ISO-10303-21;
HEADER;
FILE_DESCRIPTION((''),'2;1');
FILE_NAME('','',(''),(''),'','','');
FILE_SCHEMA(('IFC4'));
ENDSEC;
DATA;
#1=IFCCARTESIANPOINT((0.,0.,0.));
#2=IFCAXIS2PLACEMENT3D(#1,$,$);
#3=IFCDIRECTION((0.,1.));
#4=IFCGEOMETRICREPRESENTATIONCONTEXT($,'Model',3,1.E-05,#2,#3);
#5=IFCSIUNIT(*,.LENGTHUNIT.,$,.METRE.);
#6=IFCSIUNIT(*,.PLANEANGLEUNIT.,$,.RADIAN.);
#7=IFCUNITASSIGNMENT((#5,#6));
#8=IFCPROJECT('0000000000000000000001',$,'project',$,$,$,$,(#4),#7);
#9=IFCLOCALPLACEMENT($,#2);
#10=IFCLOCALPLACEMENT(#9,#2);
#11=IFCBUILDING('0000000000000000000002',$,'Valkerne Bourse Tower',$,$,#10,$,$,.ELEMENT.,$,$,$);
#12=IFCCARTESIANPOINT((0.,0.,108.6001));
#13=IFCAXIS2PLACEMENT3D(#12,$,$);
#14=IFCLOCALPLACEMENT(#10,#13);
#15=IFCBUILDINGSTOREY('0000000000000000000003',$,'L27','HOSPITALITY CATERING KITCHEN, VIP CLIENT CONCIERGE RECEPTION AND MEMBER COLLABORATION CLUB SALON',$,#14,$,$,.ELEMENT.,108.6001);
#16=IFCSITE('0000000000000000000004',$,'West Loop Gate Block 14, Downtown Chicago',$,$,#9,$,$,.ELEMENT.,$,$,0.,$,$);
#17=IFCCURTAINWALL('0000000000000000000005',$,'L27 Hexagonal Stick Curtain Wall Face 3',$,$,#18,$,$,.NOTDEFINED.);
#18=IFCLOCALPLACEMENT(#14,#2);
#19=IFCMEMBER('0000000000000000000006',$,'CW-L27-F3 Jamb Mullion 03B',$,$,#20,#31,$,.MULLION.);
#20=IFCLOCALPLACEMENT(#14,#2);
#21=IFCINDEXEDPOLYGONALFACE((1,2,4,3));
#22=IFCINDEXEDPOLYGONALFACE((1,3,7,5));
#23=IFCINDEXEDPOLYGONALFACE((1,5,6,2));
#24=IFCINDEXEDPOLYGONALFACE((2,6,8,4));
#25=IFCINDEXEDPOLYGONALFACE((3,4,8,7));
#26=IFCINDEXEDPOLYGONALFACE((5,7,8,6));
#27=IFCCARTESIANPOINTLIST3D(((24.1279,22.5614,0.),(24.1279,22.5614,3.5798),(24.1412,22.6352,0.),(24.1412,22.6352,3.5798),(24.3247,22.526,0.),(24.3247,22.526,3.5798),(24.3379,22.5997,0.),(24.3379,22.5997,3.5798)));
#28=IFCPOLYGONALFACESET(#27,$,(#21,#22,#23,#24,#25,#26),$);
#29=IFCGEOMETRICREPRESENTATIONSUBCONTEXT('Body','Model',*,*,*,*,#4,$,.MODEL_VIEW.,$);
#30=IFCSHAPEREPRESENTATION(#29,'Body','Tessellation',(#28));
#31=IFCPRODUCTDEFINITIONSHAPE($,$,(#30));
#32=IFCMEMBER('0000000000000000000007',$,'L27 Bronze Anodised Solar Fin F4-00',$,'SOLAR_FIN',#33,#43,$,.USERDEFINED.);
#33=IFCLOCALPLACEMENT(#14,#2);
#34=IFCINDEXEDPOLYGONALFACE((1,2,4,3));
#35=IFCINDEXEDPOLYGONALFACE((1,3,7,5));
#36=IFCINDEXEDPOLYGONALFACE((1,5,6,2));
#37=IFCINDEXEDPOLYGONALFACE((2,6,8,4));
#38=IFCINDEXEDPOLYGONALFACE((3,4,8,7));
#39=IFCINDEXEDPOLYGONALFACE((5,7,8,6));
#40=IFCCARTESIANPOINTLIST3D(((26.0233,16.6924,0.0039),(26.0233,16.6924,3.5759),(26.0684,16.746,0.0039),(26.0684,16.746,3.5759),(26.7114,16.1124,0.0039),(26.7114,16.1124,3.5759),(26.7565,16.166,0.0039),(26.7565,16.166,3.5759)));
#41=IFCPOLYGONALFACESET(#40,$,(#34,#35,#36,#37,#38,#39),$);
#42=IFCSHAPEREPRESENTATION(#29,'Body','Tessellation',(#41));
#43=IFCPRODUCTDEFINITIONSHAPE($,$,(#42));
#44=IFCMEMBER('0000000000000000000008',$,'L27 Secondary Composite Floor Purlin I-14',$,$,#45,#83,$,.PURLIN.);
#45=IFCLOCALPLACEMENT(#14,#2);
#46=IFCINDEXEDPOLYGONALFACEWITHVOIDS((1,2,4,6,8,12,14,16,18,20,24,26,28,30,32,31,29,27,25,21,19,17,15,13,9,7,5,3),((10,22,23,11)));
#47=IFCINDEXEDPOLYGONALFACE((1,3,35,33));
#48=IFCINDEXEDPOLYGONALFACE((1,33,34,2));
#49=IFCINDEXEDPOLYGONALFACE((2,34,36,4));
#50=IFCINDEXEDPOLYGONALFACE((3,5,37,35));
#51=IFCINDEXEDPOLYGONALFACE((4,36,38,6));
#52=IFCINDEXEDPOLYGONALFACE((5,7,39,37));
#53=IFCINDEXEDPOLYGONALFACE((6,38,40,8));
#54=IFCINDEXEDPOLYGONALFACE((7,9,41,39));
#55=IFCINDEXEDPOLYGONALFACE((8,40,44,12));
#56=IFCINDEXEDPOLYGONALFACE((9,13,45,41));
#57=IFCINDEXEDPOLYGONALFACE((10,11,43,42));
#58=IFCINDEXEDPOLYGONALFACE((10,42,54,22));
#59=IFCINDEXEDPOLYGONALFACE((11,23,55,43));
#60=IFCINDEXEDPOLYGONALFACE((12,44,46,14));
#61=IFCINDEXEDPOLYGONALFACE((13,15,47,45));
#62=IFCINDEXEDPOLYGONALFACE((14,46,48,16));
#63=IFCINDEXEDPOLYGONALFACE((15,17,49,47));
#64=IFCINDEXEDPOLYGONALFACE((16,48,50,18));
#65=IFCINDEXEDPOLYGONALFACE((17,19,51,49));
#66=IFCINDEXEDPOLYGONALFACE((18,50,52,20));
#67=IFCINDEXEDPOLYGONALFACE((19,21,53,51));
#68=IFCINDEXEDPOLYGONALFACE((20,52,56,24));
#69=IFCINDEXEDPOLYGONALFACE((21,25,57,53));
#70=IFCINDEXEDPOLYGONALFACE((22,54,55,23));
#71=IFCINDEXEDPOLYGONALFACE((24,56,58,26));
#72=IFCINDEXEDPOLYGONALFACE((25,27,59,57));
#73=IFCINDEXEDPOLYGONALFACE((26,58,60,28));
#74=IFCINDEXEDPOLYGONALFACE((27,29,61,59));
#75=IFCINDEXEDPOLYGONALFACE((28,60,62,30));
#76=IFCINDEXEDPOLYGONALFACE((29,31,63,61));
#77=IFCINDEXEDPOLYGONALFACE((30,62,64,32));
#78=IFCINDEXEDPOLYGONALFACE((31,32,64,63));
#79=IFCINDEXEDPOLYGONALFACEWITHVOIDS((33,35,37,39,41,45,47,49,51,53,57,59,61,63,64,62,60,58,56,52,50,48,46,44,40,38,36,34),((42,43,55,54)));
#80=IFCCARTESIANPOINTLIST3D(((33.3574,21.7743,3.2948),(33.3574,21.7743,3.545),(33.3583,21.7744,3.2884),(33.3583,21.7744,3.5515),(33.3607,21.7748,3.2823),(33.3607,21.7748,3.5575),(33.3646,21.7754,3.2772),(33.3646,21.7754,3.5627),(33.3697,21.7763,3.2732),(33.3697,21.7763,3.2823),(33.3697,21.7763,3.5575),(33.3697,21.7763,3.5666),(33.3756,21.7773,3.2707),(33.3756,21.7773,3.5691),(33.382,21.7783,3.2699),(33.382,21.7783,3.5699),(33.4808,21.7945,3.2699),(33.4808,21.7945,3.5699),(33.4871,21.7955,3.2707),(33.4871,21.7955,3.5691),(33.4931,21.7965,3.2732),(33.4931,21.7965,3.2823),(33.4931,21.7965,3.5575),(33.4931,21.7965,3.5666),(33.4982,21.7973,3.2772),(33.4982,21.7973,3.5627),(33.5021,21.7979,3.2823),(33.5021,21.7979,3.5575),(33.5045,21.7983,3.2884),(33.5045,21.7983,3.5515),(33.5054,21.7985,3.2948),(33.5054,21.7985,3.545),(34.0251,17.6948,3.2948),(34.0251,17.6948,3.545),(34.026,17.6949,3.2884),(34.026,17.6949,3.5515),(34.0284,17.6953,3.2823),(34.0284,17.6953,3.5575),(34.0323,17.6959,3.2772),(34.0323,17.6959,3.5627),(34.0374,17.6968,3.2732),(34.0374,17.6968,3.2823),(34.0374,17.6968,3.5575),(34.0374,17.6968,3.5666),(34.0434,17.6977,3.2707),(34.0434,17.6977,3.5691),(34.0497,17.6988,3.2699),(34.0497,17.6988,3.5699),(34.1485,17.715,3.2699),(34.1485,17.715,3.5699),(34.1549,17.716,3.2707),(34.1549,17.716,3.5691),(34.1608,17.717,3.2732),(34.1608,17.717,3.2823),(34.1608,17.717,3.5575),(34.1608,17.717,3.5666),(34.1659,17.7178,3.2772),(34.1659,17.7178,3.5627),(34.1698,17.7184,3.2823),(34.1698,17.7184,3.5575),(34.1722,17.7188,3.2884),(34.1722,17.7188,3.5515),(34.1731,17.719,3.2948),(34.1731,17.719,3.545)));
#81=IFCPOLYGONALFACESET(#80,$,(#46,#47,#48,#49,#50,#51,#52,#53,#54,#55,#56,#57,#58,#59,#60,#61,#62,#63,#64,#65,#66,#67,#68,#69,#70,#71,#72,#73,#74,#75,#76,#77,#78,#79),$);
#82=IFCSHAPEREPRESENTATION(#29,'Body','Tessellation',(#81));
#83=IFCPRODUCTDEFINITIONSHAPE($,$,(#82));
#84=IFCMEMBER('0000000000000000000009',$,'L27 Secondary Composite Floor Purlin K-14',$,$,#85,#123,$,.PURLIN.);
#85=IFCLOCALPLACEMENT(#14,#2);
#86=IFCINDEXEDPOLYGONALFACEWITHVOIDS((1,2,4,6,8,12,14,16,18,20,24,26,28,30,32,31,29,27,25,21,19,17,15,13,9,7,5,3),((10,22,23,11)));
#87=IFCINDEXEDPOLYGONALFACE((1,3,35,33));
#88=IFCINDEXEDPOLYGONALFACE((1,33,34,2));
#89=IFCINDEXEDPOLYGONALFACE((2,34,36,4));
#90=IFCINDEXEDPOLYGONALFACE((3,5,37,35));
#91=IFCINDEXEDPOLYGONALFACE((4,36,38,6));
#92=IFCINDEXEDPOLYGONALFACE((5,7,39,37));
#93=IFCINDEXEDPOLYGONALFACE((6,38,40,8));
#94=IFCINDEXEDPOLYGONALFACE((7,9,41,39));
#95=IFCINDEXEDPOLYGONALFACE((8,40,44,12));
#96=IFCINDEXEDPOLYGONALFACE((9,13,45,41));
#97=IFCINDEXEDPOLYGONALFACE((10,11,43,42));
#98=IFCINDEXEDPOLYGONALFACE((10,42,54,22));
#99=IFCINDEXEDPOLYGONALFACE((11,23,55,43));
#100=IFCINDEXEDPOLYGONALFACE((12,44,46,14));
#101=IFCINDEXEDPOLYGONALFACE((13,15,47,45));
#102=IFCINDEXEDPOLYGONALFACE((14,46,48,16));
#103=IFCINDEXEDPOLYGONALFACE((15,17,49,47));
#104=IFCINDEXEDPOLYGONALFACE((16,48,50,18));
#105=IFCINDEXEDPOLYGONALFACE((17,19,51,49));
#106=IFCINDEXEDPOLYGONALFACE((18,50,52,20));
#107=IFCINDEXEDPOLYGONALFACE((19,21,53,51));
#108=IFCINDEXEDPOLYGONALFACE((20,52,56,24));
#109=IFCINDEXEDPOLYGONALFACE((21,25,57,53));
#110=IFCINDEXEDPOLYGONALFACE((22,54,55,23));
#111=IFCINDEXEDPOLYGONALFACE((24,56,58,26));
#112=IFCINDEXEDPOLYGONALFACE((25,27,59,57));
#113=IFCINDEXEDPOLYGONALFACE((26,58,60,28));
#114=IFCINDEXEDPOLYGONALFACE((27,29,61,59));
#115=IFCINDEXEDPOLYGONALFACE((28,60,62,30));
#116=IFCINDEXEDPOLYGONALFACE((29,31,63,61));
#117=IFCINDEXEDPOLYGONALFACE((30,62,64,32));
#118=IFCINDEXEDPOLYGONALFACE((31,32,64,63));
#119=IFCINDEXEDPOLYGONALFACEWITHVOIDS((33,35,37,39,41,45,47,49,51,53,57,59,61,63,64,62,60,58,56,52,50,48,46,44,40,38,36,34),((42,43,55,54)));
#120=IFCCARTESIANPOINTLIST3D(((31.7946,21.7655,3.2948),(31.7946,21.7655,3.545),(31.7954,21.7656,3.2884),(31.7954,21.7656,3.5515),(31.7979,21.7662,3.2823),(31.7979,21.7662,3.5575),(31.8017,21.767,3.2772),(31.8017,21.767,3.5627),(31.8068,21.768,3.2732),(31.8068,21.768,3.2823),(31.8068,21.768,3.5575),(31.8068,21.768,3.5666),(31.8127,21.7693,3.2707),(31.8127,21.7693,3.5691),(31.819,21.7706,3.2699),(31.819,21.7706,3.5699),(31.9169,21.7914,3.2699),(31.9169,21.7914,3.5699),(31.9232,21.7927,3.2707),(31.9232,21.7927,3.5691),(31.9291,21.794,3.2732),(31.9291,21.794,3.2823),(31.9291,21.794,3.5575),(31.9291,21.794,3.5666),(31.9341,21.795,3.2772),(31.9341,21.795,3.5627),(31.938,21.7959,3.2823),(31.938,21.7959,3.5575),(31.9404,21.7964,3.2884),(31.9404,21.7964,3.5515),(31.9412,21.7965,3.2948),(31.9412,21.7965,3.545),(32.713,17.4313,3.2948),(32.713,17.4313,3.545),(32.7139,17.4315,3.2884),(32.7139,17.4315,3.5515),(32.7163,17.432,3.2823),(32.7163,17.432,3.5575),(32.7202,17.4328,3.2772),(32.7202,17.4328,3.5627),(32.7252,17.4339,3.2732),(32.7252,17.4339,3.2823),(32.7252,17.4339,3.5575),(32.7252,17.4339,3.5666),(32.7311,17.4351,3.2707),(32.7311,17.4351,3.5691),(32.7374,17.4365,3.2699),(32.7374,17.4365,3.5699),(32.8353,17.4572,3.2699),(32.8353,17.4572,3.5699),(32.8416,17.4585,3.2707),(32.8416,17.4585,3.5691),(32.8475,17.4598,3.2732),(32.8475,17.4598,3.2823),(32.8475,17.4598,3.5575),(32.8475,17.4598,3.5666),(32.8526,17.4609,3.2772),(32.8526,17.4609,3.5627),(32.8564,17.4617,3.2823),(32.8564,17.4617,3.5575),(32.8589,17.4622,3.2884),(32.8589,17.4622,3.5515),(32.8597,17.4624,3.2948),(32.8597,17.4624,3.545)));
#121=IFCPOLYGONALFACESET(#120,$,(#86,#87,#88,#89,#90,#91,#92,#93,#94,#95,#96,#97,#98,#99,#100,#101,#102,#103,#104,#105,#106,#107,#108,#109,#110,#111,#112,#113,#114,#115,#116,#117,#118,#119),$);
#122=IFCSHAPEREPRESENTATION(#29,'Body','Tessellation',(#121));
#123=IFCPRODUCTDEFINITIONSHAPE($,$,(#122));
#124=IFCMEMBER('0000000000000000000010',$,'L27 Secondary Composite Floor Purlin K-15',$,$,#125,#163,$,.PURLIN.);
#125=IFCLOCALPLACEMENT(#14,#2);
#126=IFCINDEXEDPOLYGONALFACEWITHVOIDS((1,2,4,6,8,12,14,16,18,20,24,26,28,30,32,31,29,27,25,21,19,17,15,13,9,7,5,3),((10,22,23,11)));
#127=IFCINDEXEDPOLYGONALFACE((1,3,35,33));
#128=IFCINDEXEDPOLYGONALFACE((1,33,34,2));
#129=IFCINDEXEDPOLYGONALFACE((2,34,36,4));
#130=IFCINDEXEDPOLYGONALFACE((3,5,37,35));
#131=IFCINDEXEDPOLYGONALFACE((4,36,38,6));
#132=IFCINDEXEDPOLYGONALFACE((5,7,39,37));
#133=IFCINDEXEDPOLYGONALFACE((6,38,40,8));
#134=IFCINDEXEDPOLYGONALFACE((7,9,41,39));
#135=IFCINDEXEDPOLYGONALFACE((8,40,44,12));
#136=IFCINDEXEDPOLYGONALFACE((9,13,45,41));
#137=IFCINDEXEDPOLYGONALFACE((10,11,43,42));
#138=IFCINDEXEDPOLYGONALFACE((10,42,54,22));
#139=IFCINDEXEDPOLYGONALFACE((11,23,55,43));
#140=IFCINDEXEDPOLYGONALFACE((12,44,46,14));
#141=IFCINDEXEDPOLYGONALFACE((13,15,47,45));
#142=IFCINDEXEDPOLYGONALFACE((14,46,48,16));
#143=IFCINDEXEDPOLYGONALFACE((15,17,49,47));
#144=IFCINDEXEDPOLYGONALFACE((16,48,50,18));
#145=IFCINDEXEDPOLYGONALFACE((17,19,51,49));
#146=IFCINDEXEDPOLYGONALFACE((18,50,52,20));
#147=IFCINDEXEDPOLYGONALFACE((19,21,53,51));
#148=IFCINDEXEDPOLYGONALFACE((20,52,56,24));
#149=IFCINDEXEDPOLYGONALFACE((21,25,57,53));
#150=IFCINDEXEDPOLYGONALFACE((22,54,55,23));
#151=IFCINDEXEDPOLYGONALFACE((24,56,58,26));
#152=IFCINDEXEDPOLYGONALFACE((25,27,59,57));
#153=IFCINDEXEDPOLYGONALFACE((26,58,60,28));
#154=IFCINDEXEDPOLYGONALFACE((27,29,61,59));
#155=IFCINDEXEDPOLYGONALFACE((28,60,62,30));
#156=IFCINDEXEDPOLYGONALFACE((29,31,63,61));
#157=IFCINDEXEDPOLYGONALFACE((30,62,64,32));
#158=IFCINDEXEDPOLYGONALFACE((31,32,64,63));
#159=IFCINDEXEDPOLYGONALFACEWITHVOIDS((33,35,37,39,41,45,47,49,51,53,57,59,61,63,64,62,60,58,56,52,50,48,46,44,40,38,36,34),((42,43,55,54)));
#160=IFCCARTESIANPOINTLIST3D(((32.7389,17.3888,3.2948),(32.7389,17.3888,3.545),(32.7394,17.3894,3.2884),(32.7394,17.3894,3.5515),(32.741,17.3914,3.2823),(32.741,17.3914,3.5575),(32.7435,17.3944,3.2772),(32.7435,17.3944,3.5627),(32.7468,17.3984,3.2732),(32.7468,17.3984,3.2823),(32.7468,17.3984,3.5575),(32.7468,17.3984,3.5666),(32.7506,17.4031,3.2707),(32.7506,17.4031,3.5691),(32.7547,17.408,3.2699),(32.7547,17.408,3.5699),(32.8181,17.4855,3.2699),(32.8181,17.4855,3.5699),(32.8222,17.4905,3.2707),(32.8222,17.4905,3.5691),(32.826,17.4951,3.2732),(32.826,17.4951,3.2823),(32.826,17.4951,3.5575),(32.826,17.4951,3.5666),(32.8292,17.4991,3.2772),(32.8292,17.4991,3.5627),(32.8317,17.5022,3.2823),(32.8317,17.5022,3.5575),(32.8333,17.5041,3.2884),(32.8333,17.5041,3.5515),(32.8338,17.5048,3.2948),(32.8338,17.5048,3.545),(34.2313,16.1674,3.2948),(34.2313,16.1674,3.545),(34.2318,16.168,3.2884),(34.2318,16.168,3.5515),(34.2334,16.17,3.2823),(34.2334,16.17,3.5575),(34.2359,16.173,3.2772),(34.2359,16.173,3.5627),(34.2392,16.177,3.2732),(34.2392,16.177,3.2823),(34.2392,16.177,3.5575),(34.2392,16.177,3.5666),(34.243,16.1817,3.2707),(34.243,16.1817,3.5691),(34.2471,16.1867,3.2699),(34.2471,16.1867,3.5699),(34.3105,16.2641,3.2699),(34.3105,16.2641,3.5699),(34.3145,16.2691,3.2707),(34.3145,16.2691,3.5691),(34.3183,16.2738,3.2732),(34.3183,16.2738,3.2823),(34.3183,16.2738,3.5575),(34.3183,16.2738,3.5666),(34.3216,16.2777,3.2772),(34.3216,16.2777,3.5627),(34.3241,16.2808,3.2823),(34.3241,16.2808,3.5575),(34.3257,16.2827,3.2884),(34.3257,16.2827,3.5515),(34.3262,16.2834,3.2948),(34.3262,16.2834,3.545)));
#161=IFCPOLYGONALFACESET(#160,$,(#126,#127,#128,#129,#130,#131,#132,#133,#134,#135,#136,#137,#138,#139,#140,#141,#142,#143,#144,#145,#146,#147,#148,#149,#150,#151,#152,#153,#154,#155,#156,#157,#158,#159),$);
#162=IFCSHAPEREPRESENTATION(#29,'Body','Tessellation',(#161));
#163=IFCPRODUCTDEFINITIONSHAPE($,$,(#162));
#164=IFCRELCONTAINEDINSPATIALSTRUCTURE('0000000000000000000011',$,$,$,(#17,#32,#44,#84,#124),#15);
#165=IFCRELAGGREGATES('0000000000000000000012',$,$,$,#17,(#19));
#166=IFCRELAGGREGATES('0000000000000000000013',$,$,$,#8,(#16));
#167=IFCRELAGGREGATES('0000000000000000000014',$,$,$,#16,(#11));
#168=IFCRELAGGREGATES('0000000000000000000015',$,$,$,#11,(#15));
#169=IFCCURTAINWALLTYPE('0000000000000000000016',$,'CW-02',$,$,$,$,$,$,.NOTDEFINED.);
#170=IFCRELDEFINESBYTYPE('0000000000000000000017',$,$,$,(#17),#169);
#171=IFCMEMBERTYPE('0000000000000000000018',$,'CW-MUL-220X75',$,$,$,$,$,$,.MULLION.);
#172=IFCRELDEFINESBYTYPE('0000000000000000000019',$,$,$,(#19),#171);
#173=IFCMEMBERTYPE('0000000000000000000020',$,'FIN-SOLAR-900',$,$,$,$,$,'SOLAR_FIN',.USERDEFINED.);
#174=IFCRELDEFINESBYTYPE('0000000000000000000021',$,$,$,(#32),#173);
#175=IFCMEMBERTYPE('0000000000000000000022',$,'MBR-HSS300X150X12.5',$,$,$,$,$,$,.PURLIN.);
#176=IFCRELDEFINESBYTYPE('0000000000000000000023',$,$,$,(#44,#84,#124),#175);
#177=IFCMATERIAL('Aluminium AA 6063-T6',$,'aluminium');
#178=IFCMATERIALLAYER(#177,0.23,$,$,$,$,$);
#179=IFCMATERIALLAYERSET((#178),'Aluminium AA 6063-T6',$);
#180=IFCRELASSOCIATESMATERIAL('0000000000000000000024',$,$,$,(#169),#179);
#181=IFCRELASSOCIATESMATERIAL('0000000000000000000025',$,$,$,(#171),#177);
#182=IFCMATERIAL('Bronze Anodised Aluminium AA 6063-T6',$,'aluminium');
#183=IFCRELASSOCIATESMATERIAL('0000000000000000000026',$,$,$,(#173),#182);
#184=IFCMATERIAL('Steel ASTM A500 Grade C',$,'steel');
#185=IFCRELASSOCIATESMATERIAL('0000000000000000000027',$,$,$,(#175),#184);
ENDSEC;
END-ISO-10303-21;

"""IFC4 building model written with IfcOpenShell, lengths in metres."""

from ifc_helpers import new_model, si_unit, direction, frame, origin, origin_2d, place, context, subcontext, project, spatial, rectangle, hollow_rectangle, extrude, material, layer, layer_set, material_profile, profile_set, type_object, element, aggregate, save


model = new_model("IFC4")

# Units and contexts
model_context = context("Model", 3, precision=1e-05, world=origin(), true_north=direction((0.0, 1.0)))
body_context = subcontext(model_context, "Body", "Model", "MODEL_VIEW")
ifc_project = project(units=[si_unit("LENGTHUNIT", "METRE"), si_unit("PLANEANGLEUNIT", "RADIAN")], contexts=[model_context])

# Site, building, storey
site_placement = place(None, origin())
site = spatial("IfcSite", under=ifc_project, at=site_placement, Name="West Loop Gate Block 14, Downtown Chicago", CompositionType="ELEMENT", RefElevation=0.0)
building_placement = place(site_placement, origin())
building = spatial("IfcBuilding", under=site, at=building_placement, Name="Valkerne Bourse Tower", CompositionType="ELEMENT")
storey_placement = place(building_placement, frame((0.0, 0.0, 108.6001)))
storey = spatial("IfcBuildingStorey", under=building, at=storey_placement, Name="L27", Description="HOSPITALITY CATERING KITCHEN, VIP CLIENT CONCIERGE RECEPTION AND MEMBER COLLABORATION CLUB SALON", CompositionType="ELEMENT", Elevation=108.6001)

# Curtain wall, member
ifc_material_1 = material(Name="Aluminium AA 6063-T6", Category="aluminium")
ifc_layer_1 = layer(ifc_material_1, 0.23)
ifc_layer_set_1 = layer_set([ifc_layer_1], Name="Aluminium AA 6063-T6")
curtain_wall_type = type_object("IfcCurtainWallType", Name="CW-02", PredefinedType="NOTDEFINED", material=ifc_layer_set_1)
curtain_wall_placement = place(storey_placement, origin())
curtain_wall = element("IfcCurtainWall", 1, at=curtain_wall_placement, inside=storey, type_object=curtain_wall_type, Name="L27 Hexagonal Stick Curtain Wall Face 3", PredefinedType="NOTDEFINED")
ifc_material_profile_1 = material_profile(ifc_material_1, rectangle(XDim=0.075, YDim=0.2, at=origin_2d()), Name="CWM-75X200")
ifc_profile_set_1 = profile_set([ifc_material_profile_1], Name="Aluminium AA 6063-T6")
member_type_1 = type_object("IfcMemberType", Name="CW-MUL-220X75", PredefinedType="MULLION", material=ifc_profile_set_1)
member_1_placement = place(storey_placement, frame((24.2329, 22.5806, 0.0), z_axis=(0.0, 0.0, 1.0), x_axis=(-0.177094, -0.984194, 0.0)))
member_1 = element("IfcMember", 2, at=member_1_placement, type_object=member_type_1, Name="CW-L27-F3 Jamb Mullion 03B", PredefinedType="MULLION", context=body_context, shape_type="SweptSolid", body=[
    extrude(rectangle(XDim=0.075, YDim=0.2, at=origin_2d()), origin(), (0.0, 0.0, 1.0), 3.5798),
])
aggregate(curtain_wall, [member_1])

# Members
ifc_material_2 = material(Name="Bronze Anodised Aluminium AA 6063-T6", Category="aluminium")
ifc_material_profile_2 = material_profile(ifc_material_2, rectangle(XDim=0.0701, YDim=0.8999, at=origin_2d()), Name="FIN-70X900")
ifc_profile_set_2 = profile_set([ifc_material_profile_2], Name="Bronze Anodised Aluminium AA 6063-T6")
member_type_2 = type_object("IfcMemberType", Name="FIN-SOLAR-900", ElementType="SOLAR_FIN", PredefinedType="USERDEFINED", material=ifc_profile_set_2)
member_2_placement = place(storey_placement, frame((26.3899, 16.4292, 0.0039), z_axis=(0.0, 0.0, 1.0), x_axis=(-0.644478, -0.764623, 0.0)))
element("IfcMember", 3, at=member_2_placement, inside=storey, type_object=member_type_2, Name="L27 Bronze Anodised Solar Fin F4-00", ObjectType="SOLAR_FIN", PredefinedType="USERDEFINED", context=body_context, shape_type="SweptSolid", body=[
    extrude(rectangle(XDim=0.0701, YDim=0.8999, at=origin_2d()), origin(), (0.0, 0.0, 1.0), 3.572),
])
ifc_material_3 = material(Name="Steel ASTM A500 Grade C", Category="steel")
ifc_material_profile_3 = material_profile(ifc_material_3, hollow_rectangle(XDim=0.1499, YDim=0.3, WallThickness=0.0125, OuterFilletRadius=0.0249, at=origin_2d()), Name="HSS300X150X12.5")
ifc_profile_set_3 = profile_set([ifc_material_profile_3], Name="Steel ASTM A500 Grade C")
member_type_3 = type_object("IfcMemberType", Name="MBR-HSS300X150X12.5", PredefinedType="PURLIN", material=ifc_profile_set_3)
member_3_placement = place(storey_placement, frame((33.4314, 21.7864, 3.4199), z_axis=(0.161525, -0.986869, 0.0), x_axis=(0.986869, 0.161525, 0.0)))
element("IfcMember", 4, at=member_3_placement, inside=storey, type_object=member_type_3, Name="L27 Secondary Composite Floor Purlin I-14", PredefinedType="PURLIN", context=body_context, shape_type="SweptSolid", body=[
    extrude(hollow_rectangle(XDim=0.1499, YDim=0.3, WallThickness=0.0125, OuterFilletRadius=0.0249, at=origin_2d()), origin(), (0.0, 0.0, 1.0), 4.1338),
])
member_4_placement = place(storey_placement, frame((31.8679, 21.781, 3.4199), z_axis=(0.207304, -0.978276, 0.0), x_axis=(0.978276, 0.207304, 0.0)))
element("IfcMember", 5, at=member_4_placement, inside=storey, type_object=member_type_3, Name="L27 Secondary Composite Floor Purlin K-14", PredefinedType="PURLIN", context=body_context, shape_type="SweptSolid", body=[
    extrude(hollow_rectangle(XDim=0.1499, YDim=0.3, WallThickness=0.0125, OuterFilletRadius=0.0249, at=origin_2d()), origin(), (0.0, 0.0, 1.0), 4.4304),
])
member_5_placement = place(storey_placement, frame((32.7864, 17.4468, 3.4199), z_axis=(0.773867, -0.633348, 0.0), x_axis=(0.633348, 0.773867, 0.0)))
element("IfcMember", 6, at=member_5_placement, inside=storey, type_object=member_type_3, Name="L27 Secondary Composite Floor Purlin K-15", PredefinedType="PURLIN", context=body_context, shape_type="SweptSolid", body=[
    extrude(hollow_rectangle(XDim=0.1499, YDim=0.3, WallThickness=0.0125, OuterFilletRadius=0.0249, at=origin_2d()), origin(), (0.0, 0.0, 1.0), 1.9285),
])

save(model, "model.ifc")
